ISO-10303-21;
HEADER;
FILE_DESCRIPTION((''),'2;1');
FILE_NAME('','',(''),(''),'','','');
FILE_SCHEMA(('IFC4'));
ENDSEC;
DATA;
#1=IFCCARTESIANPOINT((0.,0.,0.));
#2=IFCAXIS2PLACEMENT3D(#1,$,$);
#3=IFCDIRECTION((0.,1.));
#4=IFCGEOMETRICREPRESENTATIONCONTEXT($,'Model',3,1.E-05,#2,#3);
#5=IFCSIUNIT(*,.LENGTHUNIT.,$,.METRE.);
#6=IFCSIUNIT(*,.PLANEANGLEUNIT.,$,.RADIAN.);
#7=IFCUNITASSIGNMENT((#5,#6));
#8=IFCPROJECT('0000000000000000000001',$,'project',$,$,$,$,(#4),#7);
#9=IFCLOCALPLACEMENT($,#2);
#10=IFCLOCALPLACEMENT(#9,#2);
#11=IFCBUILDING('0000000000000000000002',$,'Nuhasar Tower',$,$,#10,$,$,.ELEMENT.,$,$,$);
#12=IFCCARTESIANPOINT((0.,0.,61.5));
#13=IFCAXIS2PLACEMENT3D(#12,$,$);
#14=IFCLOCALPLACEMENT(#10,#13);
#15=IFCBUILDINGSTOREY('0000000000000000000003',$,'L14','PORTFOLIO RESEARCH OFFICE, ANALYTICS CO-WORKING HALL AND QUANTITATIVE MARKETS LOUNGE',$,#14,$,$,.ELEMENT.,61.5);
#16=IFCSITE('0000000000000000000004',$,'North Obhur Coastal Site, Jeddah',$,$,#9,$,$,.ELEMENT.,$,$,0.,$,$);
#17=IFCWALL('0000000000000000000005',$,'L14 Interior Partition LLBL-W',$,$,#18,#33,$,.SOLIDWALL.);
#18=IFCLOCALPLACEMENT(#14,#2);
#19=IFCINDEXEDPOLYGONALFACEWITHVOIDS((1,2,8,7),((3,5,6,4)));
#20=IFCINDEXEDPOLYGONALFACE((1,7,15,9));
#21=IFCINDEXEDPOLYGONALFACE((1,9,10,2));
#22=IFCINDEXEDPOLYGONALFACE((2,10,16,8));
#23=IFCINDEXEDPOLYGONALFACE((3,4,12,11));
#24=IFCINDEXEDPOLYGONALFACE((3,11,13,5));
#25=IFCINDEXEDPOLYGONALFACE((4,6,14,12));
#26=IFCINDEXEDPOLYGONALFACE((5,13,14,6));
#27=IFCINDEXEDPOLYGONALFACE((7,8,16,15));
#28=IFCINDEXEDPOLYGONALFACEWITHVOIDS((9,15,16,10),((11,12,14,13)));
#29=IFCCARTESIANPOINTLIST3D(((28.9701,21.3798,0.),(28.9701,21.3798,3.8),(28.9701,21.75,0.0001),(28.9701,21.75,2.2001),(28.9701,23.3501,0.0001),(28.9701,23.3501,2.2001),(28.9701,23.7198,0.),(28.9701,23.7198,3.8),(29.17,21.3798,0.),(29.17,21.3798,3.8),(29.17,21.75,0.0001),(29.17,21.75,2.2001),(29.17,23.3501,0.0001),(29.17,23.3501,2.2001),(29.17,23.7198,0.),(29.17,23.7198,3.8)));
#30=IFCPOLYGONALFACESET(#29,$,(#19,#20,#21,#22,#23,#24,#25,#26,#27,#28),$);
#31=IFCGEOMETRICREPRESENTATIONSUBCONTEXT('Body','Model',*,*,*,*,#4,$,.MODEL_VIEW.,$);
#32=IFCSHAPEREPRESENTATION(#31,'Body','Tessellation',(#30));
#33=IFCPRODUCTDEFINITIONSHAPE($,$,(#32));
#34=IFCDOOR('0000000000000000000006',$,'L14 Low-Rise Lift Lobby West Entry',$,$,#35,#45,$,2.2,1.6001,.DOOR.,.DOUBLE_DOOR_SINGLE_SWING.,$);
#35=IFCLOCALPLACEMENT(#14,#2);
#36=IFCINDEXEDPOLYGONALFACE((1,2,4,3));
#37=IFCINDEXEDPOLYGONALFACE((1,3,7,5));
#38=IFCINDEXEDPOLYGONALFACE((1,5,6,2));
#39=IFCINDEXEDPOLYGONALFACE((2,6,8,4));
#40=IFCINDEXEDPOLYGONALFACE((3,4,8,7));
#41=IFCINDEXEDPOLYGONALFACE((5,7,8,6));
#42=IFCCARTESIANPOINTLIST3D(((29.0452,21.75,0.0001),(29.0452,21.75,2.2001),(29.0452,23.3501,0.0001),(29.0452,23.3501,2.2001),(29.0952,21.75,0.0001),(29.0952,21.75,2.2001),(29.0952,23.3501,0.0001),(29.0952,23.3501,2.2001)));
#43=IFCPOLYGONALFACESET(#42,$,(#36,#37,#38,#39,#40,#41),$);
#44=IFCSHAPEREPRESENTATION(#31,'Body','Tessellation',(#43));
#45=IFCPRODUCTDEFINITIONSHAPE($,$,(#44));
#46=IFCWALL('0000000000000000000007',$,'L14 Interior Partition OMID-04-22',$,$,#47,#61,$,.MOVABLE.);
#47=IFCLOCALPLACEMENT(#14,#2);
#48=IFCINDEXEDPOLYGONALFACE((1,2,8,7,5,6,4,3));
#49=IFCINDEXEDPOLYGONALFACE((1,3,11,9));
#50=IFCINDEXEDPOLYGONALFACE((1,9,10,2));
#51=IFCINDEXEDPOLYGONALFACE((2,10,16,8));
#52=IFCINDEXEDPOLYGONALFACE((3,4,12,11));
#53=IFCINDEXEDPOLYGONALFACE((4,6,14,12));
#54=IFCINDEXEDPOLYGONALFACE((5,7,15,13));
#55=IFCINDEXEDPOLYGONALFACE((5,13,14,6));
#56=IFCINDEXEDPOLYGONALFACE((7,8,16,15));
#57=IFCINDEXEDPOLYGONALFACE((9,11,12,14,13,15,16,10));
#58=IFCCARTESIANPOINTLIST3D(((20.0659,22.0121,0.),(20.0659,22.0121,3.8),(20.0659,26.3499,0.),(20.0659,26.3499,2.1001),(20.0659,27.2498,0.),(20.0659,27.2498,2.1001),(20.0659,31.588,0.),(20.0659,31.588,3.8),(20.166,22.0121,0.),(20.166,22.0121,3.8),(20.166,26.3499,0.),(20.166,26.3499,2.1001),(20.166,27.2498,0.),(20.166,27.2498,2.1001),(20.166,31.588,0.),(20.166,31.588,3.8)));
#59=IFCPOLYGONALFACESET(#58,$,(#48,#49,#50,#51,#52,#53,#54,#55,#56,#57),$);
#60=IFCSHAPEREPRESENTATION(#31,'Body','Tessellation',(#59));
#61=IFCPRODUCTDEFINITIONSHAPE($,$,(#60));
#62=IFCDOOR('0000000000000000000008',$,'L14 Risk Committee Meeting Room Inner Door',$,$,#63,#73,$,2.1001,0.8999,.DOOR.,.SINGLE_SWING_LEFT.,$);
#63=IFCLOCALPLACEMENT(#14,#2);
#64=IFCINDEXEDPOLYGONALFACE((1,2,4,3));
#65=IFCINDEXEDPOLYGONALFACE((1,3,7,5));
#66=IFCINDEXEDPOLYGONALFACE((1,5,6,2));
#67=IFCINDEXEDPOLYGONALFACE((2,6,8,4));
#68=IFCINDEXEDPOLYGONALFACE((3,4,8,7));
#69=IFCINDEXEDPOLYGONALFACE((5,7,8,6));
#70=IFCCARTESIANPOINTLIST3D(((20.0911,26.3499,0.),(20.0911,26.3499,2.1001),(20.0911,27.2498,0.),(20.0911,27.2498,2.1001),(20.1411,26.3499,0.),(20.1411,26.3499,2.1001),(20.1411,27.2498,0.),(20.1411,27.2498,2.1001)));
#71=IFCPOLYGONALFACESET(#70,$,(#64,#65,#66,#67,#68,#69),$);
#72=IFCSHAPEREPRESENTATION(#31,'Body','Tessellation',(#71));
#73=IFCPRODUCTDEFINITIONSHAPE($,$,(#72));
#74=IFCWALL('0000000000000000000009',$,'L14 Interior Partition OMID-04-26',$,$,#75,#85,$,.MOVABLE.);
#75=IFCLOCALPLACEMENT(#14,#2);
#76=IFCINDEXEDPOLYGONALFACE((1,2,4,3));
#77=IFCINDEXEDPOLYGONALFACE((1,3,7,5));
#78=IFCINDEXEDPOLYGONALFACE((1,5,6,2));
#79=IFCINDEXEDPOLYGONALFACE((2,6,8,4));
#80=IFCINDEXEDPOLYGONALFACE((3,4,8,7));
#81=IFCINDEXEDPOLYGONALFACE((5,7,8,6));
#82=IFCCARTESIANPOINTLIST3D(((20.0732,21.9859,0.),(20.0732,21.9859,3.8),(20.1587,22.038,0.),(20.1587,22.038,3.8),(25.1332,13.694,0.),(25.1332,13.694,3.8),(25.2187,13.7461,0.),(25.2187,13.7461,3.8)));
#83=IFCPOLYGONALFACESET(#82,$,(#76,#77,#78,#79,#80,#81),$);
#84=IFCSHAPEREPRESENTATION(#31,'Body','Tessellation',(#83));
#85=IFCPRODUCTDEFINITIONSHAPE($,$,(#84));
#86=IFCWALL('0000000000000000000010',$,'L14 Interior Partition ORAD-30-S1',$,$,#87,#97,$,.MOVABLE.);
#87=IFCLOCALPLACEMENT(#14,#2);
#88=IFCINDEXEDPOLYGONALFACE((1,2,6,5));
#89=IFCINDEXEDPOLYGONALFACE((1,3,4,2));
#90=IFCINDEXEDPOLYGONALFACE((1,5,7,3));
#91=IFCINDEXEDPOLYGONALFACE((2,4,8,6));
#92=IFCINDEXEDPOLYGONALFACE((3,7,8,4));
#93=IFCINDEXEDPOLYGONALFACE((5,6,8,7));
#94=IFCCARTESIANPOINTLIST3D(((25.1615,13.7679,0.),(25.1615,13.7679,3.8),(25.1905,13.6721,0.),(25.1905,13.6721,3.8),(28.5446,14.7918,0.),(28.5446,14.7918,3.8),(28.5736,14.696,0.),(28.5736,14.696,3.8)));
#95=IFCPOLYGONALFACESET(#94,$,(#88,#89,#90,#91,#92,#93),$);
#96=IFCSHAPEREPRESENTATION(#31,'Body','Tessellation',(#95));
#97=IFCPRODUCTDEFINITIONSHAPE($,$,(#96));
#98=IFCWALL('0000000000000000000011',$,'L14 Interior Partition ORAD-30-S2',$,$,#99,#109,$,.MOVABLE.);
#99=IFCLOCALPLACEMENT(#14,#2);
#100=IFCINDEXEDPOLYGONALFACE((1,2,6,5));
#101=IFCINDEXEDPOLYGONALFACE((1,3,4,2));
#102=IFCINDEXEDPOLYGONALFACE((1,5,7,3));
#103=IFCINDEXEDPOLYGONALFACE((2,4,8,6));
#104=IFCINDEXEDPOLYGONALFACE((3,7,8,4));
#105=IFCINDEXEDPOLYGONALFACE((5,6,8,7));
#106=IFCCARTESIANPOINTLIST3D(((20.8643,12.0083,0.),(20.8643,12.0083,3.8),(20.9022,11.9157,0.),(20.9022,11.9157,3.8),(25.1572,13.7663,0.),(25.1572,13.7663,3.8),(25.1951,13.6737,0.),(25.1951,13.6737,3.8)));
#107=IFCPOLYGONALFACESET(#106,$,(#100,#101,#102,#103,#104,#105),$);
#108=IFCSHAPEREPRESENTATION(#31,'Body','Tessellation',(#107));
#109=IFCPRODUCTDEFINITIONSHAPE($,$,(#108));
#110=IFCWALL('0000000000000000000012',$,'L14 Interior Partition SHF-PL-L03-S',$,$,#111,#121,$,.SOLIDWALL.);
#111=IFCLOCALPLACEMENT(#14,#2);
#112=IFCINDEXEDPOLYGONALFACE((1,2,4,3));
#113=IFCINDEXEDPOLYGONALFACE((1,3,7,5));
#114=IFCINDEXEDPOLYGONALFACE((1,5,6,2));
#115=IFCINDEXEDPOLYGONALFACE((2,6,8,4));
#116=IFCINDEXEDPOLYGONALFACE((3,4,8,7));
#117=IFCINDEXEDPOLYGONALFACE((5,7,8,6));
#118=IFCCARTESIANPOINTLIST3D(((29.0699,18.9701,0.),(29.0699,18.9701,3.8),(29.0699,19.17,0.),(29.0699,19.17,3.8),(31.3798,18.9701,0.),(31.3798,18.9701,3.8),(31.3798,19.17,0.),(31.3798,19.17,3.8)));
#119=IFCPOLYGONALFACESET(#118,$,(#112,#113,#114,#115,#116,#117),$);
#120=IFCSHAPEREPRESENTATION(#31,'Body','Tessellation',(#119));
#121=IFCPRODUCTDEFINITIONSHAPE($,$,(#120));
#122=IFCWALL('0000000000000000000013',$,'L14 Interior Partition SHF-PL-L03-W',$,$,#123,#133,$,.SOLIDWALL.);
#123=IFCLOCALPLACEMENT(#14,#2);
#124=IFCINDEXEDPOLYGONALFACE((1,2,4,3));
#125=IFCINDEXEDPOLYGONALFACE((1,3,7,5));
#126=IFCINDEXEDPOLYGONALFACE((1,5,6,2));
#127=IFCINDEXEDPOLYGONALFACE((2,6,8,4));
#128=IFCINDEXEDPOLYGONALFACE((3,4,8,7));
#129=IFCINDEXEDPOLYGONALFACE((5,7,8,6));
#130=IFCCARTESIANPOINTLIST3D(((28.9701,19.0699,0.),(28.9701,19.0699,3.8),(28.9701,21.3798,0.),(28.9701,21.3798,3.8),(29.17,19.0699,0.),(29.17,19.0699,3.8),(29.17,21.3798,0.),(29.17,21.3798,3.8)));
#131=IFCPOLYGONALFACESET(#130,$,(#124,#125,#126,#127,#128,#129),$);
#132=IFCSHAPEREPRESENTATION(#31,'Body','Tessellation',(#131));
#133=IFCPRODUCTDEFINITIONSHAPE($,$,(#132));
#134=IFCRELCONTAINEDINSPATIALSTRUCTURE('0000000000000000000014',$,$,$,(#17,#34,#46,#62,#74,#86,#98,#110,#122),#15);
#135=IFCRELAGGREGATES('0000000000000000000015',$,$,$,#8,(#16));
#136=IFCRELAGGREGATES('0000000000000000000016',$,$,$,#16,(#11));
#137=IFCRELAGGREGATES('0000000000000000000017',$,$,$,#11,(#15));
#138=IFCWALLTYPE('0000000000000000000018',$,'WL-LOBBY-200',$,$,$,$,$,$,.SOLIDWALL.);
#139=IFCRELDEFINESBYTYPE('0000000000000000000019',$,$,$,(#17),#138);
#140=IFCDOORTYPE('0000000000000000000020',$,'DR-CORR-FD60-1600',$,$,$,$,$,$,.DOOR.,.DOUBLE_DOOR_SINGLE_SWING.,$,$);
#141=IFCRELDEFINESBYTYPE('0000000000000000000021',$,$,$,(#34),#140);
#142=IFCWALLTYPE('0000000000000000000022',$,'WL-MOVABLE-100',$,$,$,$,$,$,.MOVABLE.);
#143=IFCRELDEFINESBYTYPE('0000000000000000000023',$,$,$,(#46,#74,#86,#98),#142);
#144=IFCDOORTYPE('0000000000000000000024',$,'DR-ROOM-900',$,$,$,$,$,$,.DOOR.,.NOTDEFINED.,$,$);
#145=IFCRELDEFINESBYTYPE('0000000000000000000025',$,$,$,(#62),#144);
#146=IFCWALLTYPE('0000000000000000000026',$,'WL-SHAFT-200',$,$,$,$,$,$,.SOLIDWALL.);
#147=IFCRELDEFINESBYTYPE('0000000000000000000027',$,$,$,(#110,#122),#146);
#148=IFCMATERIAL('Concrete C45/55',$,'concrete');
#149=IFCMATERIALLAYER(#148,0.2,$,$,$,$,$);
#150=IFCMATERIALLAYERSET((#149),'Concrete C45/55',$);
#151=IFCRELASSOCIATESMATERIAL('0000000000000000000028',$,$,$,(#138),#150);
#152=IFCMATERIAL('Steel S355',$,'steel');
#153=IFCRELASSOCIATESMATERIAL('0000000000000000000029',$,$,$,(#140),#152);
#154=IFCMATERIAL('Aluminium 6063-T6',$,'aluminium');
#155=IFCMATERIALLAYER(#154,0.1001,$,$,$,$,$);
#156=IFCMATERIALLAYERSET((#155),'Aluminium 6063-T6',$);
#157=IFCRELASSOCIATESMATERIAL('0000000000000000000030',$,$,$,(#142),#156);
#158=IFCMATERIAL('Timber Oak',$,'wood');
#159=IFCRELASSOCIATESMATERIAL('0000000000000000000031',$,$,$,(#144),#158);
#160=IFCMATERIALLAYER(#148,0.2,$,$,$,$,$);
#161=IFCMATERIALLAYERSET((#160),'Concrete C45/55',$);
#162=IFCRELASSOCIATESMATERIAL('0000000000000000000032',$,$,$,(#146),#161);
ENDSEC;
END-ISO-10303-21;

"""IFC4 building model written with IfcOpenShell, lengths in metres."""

from ifc_helpers import new_model, si_unit, direction, frame, frame_2d, origin, place, context, subcontext, project, spatial, rectangle, extrude, material, layer, layer_set, type_object, element, fill, save


model = new_model("IFC4")

# Units and contexts
model_context = context("Model", 3, precision=1e-05, world=origin(), true_north=direction((0.0, 1.0)))
body_context = subcontext(model_context, "Body", "Model", "MODEL_VIEW")
ifc_project = project(units=[si_unit("LENGTHUNIT", "METRE"), si_unit("PLANEANGLEUNIT", "RADIAN")], contexts=[model_context])

# Site, building, storey
site_placement = place(None, origin())
site = spatial("IfcSite", under=ifc_project, at=site_placement, Name="North Obhur Coastal Site, Jeddah", CompositionType="ELEMENT", RefElevation=0.0)
building_placement = place(site_placement, origin())
building = spatial("IfcBuilding", under=site, at=building_placement, Name="Nuhasar Tower", CompositionType="ELEMENT")
storey_placement = place(building_placement, frame((0.0, 0.0, 61.5)))
storey = spatial("IfcBuildingStorey", under=building, at=storey_placement, Name="L14", Description="PORTFOLIO RESEARCH OFFICE, ANALYTICS CO-WORKING HALL AND QUANTITATIVE MARKETS LOUNGE", CompositionType="ELEMENT", Elevation=61.5)

# Shared definitions
ifc_material_1 = material(Name="Steel S355", Category="steel")

# Shared definitions
ifc_material_2 = material(Name="Aluminium 6063-T6", Category="aluminium")

# Walls, openings, doors
ifc_material_3 = material(Name="Concrete C45/55", Category="concrete")
ifc_layer_1 = layer(ifc_material_3, 0.2)
ifc_layer_set_1 = layer_set([ifc_layer_1], Name="Concrete C45/55")
wall_type_1 = type_object("IfcWallType", Name="WL-LOBBY-200", PredefinedType="SOLIDWALL", material=ifc_layer_set_1)
wall_1_placement = place(storey_placement, frame((29.0701, 21.3799, 0.0), z_axis=(0.0, 0.0, 1.0), x_axis=(0.0, 1.0, 0.0)))
wall_1 = element("IfcWall", 1, at=wall_1_placement, inside=storey, type_object=wall_type_1, Name="L14 Interior Partition LLBL-W", PredefinedType="SOLIDWALL", context=body_context, shape_type="SweptSolid", body=[
    extrude(rectangle(XDim=2.3401, YDim=0.2, at=frame_2d((1.1699, 0.0))), origin(), (0.0, 0.0, 1.0), 3.8),
])
opening_1_placement = place(wall_1_placement, frame((0.3701, 0.0, 0.0)))
opening_1 = element("IfcOpeningElement", 2, at=opening_1_placement, cuts=wall_1, PredefinedType="OPENING", context=body_context, shape_type="SweptSolid", body=[
    extrude(rectangle(XDim=1.6001, YDim=2.2, at=frame_2d((0.8, 1.1001))), frame((0.0, 0.1099, 0.0), z_axis=(0.0, -1.0, 0.0), x_axis=(1.0, 0.0, 0.0)), (0.0, 0.0, 1.0), 0.22),
])
door_type_1 = type_object("IfcDoorType", Name="DR-CORR-FD60-1600", OperationType="DOUBLE_DOOR_SINGLE_SWING", PredefinedType="DOOR", material=ifc_material_1)
door_1_placement = place(opening_1_placement, origin())
door_1 = element("IfcDoor", 3, at=door_1_placement, inside=storey, type_object=door_type_1, Name="L14 Low-Rise Lift Lobby West Entry", OperationType="DOUBLE_DOOR_SINGLE_SWING", OverallHeight=2.2, OverallWidth=1.6001, PredefinedType="DOOR", context=body_context, shape_type="SweptSolid", body=[
    extrude(rectangle(XDim=1.6001, YDim=2.2, at=frame_2d((0.8, 1.1001))), frame((0.0, 0.0249, 0.0), z_axis=(0.0, -1.0, 0.0), x_axis=(1.0, 0.0, 0.0)), (0.0, 0.0, 1.0), 0.05),
])
fill(opening_1, door_1)
ifc_layer_2 = layer(ifc_material_2, 0.1001)
ifc_layer_set_2 = layer_set([ifc_layer_2], Name="Aluminium 6063-T6")
wall_type_2 = type_object("IfcWallType", Name="WL-MOVABLE-100", PredefinedType="MOVABLE", material=ifc_layer_set_2)
wall_2_placement = place(storey_placement, frame((20.116, 22.012, 0.0), z_axis=(0.0, 0.0, 1.0), x_axis=(0.0, 1.0, 0.0)))
wall_2 = element("IfcWall", 4, at=wall_2_placement, inside=storey, type_object=wall_type_2, Name="L14 Interior Partition OMID-04-22", PredefinedType="MOVABLE", context=body_context, shape_type="SweptSolid", body=[
    extrude(rectangle(XDim=9.5759, YDim=0.1001, at=frame_2d((4.7881, 0.0))), origin(), (0.0, 0.0, 1.0), 3.8),
])
opening_2_placement = place(wall_2_placement, frame((4.3379, 0.0, 0.0)))
opening_2 = element("IfcOpeningElement", 5, at=opening_2_placement, cuts=wall_2, PredefinedType="OPENING", context=body_context, shape_type="SweptSolid", body=[
    extrude(rectangle(XDim=0.8999, YDim=2.1001, at=frame_2d((0.45, 1.05))), frame((0.0, 0.0601, 0.0), z_axis=(0.0, -1.0, 0.0), x_axis=(1.0, 0.0, 0.0)), (0.0, 0.0, 1.0), 0.1201),
])
ifc_material_4 = material(Name="Timber Oak", Category="wood")
door_type_2 = type_object("IfcDoorType", Name="DR-ROOM-900", OperationType="NOTDEFINED", PredefinedType="DOOR", material=ifc_material_4)
door_2_placement = place(opening_2_placement, origin())
door_2 = element("IfcDoor", 6, at=door_2_placement, inside=storey, type_object=door_type_2, Name="L14 Risk Committee Meeting Room Inner Door", OperationType="SINGLE_SWING_LEFT", OverallHeight=2.1001, OverallWidth=0.8999, PredefinedType="DOOR", context=body_context, shape_type="SweptSolid", body=[
    extrude(rectangle(XDim=0.8999, YDim=2.1001, at=frame_2d((0.45, 1.05))), frame((0.0, 0.0249, 0.0), z_axis=(0.0, -1.0, 0.0), x_axis=(1.0, 0.0, 0.0)), (0.0, 0.0, 1.0), 0.05),
])
fill(opening_2, door_2)

# Walls
wall_3_placement = place(storey_placement, frame((20.116, 22.012, 0.0), z_axis=(0.0, 0.0, 1.0), x_axis=(0.520905, -0.853615, 0.0)))
element("IfcWall", 7, at=wall_3_placement, inside=storey, type_object=wall_type_2, Name="L14 Interior Partition OMID-04-26", PredefinedType="MOVABLE", context=body_context, shape_type="SweptSolid", body=[
    extrude(rectangle(XDim=9.7139, YDim=0.1001, at=frame_2d((4.8569, 0.0))), origin(), (0.0, 0.0, 1.0), 3.8),
])
wall_4_placement = place(storey_placement, frame((28.5591, 14.7439, 0.0), z_axis=(0.0, 0.0, 1.0), x_axis=(-0.957122, -0.289685, 0.0)))
element("IfcWall", 8, at=wall_4_placement, inside=storey, type_object=wall_type_2, Name="L14 Interior Partition ORAD-30-S1", PredefinedType="MOVABLE", context=body_context, shape_type="SweptSolid", body=[
    extrude(rectangle(XDim=3.5347, YDim=0.1001, at=frame_2d((1.7673, 0.0))), origin(), (0.0, 0.0, 1.0), 3.8),
])
wall_5_placement = place(storey_placement, frame((25.176, 13.72, 0.0), z_axis=(0.0, 0.0, 1.0), x_axis=(-0.925408, -0.378973, 0.0)))
element("IfcWall", 9, at=wall_5_placement, inside=storey, type_object=wall_type_2, Name="L14 Interior Partition ORAD-30-S2", PredefinedType="MOVABLE", context=body_context, shape_type="SweptSolid", body=[
    extrude(rectangle(XDim=4.6389, YDim=0.1001, at=frame_2d((2.3193, 0.0))), origin(), (0.0, 0.0, 1.0), 3.8),
])
ifc_layer_3 = layer(ifc_material_3, 0.2)
ifc_layer_set_3 = layer_set([ifc_layer_3], Name="Concrete C45/55")
wall_type_3 = type_object("IfcWallType", Name="WL-SHAFT-200", PredefinedType="SOLIDWALL", material=ifc_layer_set_3)
wall_6_placement = place(storey_placement, frame((29.0701, 19.0701, 0.0), z_axis=(0.0, 0.0, 1.0), x_axis=(1.0, 0.0, 0.0)))
element("IfcWall", 10, at=wall_6_placement, inside=storey, type_object=wall_type_3, Name="L14 Interior Partition SHF-PL-L03-S", PredefinedType="SOLIDWALL", context=body_context, shape_type="SweptSolid", body=[
    extrude(rectangle(XDim=2.3098, YDim=0.2, at=frame_2d((1.1548, 0.0))), origin(), (0.0, 0.0, 1.0), 3.8),
])

# Wall
wall_7_placement = place(storey_placement, frame((29.0701, 19.0701, 0.0), z_axis=(0.0, 0.0, 1.0), x_axis=(0.0, 1.0, 0.0)))
element("IfcWall", 11, at=wall_7_placement, inside=storey, type_object=wall_type_3, Name="L14 Interior Partition SHF-PL-L03-W", PredefinedType="SOLIDWALL", context=body_context, shape_type="SweptSolid", body=[
    extrude(rectangle(XDim=2.3098, YDim=0.2, at=frame_2d((1.1548, 0.0))), origin(), (0.0, 0.0, 1.0), 3.8),
])

save(model, "model.ifc")
